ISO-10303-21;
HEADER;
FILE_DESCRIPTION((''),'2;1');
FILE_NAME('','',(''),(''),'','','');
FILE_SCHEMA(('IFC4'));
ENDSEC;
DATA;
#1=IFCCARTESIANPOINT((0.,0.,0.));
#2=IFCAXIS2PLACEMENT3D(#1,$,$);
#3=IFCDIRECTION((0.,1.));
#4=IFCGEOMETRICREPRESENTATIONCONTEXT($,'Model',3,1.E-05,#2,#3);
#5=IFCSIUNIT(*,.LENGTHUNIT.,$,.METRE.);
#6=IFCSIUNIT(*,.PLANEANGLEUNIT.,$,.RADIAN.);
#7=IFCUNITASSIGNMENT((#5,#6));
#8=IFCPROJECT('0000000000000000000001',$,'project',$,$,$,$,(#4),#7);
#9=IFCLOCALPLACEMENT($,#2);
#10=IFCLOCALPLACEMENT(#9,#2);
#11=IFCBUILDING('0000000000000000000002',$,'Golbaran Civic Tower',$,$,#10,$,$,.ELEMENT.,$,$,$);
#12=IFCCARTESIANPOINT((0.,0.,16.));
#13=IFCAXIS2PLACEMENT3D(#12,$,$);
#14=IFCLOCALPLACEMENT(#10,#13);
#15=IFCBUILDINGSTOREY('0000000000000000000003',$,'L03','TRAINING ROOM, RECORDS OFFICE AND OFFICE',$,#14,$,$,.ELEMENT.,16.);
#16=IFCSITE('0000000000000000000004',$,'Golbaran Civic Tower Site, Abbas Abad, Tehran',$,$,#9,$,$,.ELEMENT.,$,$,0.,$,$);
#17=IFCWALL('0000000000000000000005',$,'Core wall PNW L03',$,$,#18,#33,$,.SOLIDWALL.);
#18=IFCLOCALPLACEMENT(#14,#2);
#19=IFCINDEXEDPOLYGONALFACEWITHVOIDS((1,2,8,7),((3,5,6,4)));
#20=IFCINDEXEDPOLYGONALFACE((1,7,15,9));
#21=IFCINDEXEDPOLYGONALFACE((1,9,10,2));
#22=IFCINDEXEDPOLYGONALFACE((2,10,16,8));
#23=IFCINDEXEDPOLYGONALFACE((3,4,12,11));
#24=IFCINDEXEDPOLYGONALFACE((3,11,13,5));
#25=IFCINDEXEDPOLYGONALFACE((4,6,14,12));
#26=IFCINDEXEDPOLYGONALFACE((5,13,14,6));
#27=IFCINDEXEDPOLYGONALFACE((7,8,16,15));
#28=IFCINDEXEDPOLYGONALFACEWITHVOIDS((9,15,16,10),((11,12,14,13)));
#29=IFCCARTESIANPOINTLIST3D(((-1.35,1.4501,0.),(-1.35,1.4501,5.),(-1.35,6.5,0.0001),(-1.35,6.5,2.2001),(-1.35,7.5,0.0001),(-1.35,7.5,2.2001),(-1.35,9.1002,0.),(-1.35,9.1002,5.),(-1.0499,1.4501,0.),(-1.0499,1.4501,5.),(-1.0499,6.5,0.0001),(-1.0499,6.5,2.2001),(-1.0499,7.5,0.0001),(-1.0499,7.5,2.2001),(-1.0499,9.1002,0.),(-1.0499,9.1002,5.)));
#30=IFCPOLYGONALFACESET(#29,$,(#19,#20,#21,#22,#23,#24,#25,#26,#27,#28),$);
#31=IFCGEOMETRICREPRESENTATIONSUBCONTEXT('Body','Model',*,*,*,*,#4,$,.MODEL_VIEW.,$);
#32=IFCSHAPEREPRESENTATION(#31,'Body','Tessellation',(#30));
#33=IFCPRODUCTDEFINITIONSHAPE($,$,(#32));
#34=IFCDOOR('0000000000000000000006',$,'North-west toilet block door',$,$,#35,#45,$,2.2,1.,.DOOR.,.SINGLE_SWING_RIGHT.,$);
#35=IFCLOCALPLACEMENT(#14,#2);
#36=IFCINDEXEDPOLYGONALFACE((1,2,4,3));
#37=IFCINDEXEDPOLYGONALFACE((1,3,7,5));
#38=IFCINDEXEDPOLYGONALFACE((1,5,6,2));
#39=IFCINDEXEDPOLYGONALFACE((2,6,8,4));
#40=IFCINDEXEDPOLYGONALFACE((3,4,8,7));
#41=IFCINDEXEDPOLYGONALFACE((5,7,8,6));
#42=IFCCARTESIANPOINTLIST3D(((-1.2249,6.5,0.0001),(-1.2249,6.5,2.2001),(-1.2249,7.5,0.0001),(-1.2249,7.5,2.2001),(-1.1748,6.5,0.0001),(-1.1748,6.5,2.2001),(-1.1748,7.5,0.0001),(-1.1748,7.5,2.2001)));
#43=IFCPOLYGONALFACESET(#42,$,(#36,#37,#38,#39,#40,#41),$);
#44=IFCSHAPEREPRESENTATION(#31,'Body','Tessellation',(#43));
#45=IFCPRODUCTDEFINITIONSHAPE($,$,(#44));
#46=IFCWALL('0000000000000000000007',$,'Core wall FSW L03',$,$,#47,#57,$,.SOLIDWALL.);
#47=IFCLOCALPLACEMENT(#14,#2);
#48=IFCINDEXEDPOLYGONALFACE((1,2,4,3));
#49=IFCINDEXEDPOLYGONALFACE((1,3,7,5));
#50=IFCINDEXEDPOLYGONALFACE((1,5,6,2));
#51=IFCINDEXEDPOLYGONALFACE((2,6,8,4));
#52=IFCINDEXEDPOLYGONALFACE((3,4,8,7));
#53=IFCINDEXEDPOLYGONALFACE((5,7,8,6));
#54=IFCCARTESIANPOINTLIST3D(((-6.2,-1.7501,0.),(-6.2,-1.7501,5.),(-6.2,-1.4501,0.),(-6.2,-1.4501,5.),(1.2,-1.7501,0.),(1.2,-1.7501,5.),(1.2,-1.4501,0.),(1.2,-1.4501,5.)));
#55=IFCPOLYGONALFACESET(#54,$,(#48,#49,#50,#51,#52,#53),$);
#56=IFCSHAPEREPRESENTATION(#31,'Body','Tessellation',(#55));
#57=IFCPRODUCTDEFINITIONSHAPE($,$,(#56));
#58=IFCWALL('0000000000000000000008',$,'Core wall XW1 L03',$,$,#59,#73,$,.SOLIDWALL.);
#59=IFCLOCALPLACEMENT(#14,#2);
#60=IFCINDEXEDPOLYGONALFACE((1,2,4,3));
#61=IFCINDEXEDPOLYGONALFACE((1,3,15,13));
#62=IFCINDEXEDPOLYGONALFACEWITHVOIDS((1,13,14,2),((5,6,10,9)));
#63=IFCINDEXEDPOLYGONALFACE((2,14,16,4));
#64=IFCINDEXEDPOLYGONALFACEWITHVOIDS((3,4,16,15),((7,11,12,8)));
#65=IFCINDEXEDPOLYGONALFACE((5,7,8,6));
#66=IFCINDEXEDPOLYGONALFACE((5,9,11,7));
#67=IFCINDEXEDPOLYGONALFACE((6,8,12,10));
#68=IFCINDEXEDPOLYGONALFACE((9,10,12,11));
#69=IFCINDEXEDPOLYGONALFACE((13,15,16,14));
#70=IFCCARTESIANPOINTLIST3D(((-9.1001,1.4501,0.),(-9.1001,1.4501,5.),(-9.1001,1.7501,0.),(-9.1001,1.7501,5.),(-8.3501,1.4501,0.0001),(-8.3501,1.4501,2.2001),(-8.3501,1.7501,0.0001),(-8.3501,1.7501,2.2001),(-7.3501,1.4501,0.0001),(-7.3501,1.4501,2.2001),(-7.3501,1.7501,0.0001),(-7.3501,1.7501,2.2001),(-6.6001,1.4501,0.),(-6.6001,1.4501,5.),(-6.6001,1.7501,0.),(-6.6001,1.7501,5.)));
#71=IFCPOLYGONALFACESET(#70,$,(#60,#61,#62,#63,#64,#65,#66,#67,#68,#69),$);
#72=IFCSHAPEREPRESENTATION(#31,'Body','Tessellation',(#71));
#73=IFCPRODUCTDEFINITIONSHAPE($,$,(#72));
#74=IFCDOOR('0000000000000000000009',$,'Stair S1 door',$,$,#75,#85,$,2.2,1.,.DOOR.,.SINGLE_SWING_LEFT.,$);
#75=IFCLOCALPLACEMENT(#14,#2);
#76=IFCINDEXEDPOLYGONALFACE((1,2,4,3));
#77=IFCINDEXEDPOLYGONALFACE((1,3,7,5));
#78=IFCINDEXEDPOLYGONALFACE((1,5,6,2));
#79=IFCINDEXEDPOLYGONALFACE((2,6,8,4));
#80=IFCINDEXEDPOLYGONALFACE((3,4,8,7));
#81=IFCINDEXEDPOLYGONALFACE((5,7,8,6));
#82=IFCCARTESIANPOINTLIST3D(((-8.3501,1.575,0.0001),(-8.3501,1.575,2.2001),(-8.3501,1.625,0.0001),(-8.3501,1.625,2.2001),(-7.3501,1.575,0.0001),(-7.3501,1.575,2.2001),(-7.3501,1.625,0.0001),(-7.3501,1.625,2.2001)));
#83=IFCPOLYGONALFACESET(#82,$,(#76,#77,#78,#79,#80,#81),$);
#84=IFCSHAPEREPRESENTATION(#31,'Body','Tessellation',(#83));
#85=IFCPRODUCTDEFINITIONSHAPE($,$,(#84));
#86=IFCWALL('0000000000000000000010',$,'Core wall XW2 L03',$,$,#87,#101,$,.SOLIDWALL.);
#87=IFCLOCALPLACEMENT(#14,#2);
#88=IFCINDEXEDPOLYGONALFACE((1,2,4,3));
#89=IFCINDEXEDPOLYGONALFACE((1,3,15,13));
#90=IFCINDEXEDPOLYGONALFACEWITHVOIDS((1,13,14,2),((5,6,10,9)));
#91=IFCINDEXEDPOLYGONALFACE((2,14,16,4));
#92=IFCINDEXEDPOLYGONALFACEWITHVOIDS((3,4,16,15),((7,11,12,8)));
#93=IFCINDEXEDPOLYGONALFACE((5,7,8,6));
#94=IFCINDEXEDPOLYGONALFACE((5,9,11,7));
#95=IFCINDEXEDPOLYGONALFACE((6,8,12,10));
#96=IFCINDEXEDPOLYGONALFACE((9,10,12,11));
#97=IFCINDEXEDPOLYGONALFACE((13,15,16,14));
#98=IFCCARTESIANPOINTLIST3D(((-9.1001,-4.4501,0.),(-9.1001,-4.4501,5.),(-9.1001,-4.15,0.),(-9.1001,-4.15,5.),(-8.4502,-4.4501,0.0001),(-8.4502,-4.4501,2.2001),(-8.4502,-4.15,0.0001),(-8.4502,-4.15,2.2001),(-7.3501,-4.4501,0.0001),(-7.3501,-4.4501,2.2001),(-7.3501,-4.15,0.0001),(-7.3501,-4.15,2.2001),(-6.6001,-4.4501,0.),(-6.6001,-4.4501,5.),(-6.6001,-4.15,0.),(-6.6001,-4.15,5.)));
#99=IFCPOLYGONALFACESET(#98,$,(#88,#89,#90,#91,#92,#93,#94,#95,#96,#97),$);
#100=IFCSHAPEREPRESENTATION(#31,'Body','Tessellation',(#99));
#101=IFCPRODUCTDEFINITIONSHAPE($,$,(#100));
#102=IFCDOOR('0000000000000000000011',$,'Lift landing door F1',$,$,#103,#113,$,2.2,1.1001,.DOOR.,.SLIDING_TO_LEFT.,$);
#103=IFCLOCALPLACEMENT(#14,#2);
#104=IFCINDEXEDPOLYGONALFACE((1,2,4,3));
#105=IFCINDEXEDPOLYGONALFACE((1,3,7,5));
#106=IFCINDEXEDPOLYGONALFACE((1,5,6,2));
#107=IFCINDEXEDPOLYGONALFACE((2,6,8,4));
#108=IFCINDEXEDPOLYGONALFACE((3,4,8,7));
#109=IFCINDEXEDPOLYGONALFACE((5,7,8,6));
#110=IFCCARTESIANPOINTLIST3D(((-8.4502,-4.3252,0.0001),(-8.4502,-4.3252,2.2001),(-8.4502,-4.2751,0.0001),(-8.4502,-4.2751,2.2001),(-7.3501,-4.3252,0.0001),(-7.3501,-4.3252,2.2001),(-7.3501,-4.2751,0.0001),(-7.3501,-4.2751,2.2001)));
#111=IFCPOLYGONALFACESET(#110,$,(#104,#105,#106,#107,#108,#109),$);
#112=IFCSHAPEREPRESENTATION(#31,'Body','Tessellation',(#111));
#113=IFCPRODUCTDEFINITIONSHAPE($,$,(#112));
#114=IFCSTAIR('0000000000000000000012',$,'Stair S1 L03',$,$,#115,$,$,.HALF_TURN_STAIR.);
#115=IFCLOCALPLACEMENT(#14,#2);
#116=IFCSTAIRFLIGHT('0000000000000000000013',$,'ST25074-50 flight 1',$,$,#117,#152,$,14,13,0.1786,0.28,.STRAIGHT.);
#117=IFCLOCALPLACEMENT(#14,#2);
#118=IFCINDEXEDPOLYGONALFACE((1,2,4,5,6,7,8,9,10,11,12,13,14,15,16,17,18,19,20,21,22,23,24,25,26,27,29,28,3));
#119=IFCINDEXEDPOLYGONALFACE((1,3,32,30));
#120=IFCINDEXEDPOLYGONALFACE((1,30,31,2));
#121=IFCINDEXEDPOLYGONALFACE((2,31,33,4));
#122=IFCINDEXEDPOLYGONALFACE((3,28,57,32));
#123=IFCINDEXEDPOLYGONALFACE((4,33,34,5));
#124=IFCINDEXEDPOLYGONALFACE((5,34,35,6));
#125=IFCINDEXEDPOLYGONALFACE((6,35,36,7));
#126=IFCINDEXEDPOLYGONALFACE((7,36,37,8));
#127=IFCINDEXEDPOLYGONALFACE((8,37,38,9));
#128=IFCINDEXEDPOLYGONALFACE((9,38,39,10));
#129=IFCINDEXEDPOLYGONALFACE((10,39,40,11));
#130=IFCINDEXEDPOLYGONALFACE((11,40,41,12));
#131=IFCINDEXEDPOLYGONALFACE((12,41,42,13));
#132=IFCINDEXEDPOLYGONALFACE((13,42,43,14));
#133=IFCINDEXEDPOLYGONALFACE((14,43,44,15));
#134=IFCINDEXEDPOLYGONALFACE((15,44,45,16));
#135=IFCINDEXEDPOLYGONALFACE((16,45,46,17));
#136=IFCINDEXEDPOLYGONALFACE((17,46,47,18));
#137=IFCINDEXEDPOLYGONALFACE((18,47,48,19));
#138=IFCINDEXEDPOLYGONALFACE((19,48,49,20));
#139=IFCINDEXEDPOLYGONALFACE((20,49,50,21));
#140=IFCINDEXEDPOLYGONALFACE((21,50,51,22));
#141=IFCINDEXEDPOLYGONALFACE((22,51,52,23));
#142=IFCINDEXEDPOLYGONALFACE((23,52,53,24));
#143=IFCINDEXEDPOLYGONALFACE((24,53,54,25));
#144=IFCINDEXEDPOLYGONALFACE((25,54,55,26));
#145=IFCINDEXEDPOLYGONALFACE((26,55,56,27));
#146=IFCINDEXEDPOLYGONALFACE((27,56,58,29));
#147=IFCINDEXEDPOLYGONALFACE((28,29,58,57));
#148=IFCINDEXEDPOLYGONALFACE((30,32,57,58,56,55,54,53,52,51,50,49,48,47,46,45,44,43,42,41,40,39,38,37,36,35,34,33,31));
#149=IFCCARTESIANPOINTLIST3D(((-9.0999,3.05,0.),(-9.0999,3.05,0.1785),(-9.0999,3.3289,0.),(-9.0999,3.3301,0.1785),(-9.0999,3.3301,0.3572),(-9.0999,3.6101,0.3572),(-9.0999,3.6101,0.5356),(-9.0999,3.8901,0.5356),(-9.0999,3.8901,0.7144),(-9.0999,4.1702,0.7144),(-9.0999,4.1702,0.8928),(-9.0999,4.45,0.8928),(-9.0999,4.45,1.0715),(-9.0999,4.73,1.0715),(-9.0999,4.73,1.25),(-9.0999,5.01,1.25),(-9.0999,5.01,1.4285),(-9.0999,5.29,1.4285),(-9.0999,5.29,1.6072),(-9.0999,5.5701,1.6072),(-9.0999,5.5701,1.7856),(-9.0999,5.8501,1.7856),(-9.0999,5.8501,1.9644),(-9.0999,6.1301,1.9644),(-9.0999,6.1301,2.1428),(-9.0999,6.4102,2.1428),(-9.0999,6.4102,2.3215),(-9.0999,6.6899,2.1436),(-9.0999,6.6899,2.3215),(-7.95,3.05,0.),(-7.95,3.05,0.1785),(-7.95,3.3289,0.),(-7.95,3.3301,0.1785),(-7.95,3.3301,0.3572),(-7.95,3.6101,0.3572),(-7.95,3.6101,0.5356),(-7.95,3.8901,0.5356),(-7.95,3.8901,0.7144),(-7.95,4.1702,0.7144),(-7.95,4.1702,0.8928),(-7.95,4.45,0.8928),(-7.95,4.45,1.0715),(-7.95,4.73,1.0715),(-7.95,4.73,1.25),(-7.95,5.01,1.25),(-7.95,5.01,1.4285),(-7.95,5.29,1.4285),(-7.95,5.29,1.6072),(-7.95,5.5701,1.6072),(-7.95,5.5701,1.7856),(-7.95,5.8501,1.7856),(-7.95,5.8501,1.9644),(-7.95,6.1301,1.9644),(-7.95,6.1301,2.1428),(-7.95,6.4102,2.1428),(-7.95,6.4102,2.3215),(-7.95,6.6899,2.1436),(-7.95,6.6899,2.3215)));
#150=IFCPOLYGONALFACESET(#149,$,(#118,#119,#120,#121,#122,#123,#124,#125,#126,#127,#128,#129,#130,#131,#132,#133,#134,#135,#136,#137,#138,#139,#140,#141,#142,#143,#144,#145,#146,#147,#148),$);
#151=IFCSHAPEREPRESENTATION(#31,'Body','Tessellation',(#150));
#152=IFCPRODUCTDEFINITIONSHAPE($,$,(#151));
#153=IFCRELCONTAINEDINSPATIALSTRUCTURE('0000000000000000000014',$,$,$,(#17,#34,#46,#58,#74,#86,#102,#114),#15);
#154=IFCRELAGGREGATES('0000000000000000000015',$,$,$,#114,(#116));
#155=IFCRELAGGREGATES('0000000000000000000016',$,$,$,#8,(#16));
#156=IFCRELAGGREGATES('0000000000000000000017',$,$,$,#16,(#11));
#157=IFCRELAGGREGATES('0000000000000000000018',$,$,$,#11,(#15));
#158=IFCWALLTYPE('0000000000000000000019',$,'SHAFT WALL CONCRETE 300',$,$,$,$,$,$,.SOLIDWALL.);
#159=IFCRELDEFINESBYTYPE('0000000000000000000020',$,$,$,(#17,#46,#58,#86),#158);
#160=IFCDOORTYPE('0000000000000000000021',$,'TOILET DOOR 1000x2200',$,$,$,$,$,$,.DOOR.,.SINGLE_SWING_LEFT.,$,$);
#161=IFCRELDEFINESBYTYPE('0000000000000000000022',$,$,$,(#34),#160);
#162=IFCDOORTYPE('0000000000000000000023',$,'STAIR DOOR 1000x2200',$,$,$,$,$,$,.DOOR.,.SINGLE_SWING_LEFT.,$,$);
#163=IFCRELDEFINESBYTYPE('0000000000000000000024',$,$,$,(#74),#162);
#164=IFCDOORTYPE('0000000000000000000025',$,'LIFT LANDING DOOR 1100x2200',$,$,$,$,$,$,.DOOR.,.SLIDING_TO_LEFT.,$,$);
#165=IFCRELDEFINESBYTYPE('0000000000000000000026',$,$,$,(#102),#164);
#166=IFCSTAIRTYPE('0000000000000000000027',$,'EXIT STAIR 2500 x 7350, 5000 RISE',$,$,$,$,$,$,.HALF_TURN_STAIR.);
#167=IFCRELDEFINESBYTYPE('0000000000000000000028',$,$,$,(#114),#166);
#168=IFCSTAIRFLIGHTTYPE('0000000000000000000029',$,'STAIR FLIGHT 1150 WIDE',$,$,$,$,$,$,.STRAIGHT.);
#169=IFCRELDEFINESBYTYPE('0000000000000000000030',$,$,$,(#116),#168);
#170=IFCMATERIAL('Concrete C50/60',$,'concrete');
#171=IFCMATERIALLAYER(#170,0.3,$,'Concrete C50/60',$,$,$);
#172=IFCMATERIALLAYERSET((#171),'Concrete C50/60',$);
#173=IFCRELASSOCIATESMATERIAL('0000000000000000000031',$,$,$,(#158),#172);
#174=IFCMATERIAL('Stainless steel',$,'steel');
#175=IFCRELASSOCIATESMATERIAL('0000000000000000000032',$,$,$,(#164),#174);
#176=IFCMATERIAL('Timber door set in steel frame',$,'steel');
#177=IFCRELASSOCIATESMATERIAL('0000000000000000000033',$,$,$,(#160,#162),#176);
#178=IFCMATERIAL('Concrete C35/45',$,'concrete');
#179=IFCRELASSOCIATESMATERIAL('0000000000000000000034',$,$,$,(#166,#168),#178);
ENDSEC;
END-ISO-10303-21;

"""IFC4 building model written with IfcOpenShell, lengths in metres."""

from ifc_helpers import new_model, si_unit, direction, frame, frame_2d, origin, place, context, subcontext, project, spatial, polyline, rectangle, outline, extrude, material, layer, layer_set, type_object, element, fill, aggregate, save


model = new_model("IFC4")

# Units and contexts
model_context = context("Model", 3, precision=1e-05, world=origin(), true_north=direction((0.0, 1.0)))
body_context = subcontext(model_context, "Body", "Model", "MODEL_VIEW")
ifc_project = project(units=[si_unit("LENGTHUNIT", "METRE"), si_unit("PLANEANGLEUNIT", "RADIAN")], contexts=[model_context])

# Site, building, storey
site_placement = place(None, origin())
site = spatial("IfcSite", under=ifc_project, at=site_placement, Name="Golbaran Civic Tower Site, Abbas Abad, Tehran", CompositionType="ELEMENT", RefElevation=0.0)
building_placement = place(site_placement, origin())
building = spatial("IfcBuilding", under=site, at=building_placement, Name="Golbaran Civic Tower", CompositionType="ELEMENT")
storey_placement = place(building_placement, frame((0.0, 0.0, 16.0)))
storey = spatial("IfcBuildingStorey", under=building, at=storey_placement, Name="L03", Description="TRAINING ROOM, RECORDS OFFICE AND OFFICE", CompositionType="ELEMENT", Elevation=16.0)

# Shared definitions
ifc_material_1 = material(Name="Concrete C50/60", Category="concrete")
ifc_material_2 = material(Name="Timber door set in steel frame", Category="steel")

# Shared definitions
ifc_layer_1 = layer(ifc_material_1, 0.3, Name="Concrete C50/60")
ifc_layer_set_1 = layer_set([ifc_layer_1], Name="Concrete C50/60")
wall_type_1 = type_object("IfcWallType", Name="SHAFT WALL CONCRETE 300", PredefinedType="SOLIDWALL", material=ifc_layer_set_1)
ifc_material_3 = material(Name="Stainless steel", Category="steel")
door_type_1 = type_object("IfcDoorType", Name="LIFT LANDING DOOR 1100x2200", OperationType="SLIDING_TO_LEFT", PredefinedType="DOOR", material=ifc_material_3)

# Wall, opening, door
wall_1_placement = place(storey_placement, frame((-1.2, 1.45, 0.0), z_axis=(0.0, 0.0, 1.0), x_axis=(0.0, 1.0, 0.0)))
wall_1 = element("IfcWall", 1, at=wall_1_placement, inside=storey, type_object=wall_type_1, Name="Core wall PNW L03", PredefinedType="SOLIDWALL", context=body_context, shape_type="SweptSolid", body=[
    extrude(rectangle(XDim=7.6501, YDim=0.3, at=frame_2d((3.8252, 0.0))), origin(), (0.0, 0.0, 1.0), 5.0),
])
opening_1_placement = place(wall_1_placement, frame((5.05, 0.0, 0.0)))
opening_1 = element("IfcOpeningElement", 2, at=opening_1_placement, cuts=wall_1, PredefinedType="OPENING", context=body_context, shape_type="SweptSolid", body=[
    extrude(rectangle(XDim=1.0, YDim=2.2, at=frame_2d((0.5, 1.1001))), frame((0.0, 0.1599, 0.0), z_axis=(0.0, -1.0, 0.0), x_axis=(1.0, 0.0, 0.0)), (0.0, 0.0, 1.0), 0.3201),
])
door_type_2 = type_object("IfcDoorType", Name="TOILET DOOR 1000x2200", OperationType="SINGLE_SWING_LEFT", PredefinedType="DOOR", material=ifc_material_2)
door_1_placement = place(opening_1_placement, origin())
door_1 = element("IfcDoor", 3, at=door_1_placement, inside=storey, type_object=door_type_2, Name="North-west toilet block door", OperationType="SINGLE_SWING_RIGHT", OverallHeight=2.2, OverallWidth=1.0, PredefinedType="DOOR", context=body_context, shape_type="SweptSolid", body=[
    extrude(rectangle(XDim=1.0, YDim=2.2, at=frame_2d((0.5, 1.1001))), frame((0.0, 0.0249, 0.0), z_axis=(0.0, -1.0, 0.0), x_axis=(1.0, 0.0, 0.0)), (0.0, 0.0, 1.0), 0.05),
])
fill(opening_1, door_1)

# Wall
wall_2_placement = place(storey_placement, frame((-6.2, -1.6001, 0.0), z_axis=(0.0, 0.0, 1.0), x_axis=(1.0, 0.0, 0.0)))
element("IfcWall", 4, at=wall_2_placement, inside=storey, type_object=wall_type_1, Name="Core wall FSW L03", PredefinedType="SOLIDWALL", context=body_context, shape_type="SweptSolid", body=[
    extrude(rectangle(XDim=7.3999, YDim=0.3, at=frame_2d((3.7, 0.0))), origin(), (0.0, 0.0, 1.0), 5.0),
])

# Walls, openings, doors
wall_3_placement = place(storey_placement, frame((-9.1001, 1.6001, 0.0), z_axis=(0.0, 0.0, 1.0), x_axis=(1.0, 0.0, 0.0)))
wall_3 = element("IfcWall", 5, at=wall_3_placement, inside=storey, type_object=wall_type_1, Name="Core wall XW1 L03", PredefinedType="SOLIDWALL", context=body_context, shape_type="SweptSolid", body=[
    extrude(rectangle(XDim=2.5, YDim=0.3, at=frame_2d((1.25, 0.0))), origin(), (0.0, 0.0, 1.0), 5.0),
])
opening_2_placement = place(wall_3_placement, frame((0.75, 0.0, 0.0)))
opening_2 = element("IfcOpeningElement", 6, at=opening_2_placement, cuts=wall_3, PredefinedType="OPENING", context=body_context, shape_type="SweptSolid", body=[
    extrude(rectangle(XDim=1.0, YDim=2.2, at=frame_2d((0.5, 1.1001))), frame((0.0, 0.1599, 0.0), z_axis=(0.0, -1.0, 0.0), x_axis=(1.0, 0.0, 0.0)), (0.0, 0.0, 1.0), 0.3201),
])
door_type_3 = type_object("IfcDoorType", Name="STAIR DOOR 1000x2200", OperationType="SINGLE_SWING_LEFT", PredefinedType="DOOR", material=ifc_material_2)
door_2_placement = place(opening_2_placement, origin())
door_2 = element("IfcDoor", 7, at=door_2_placement, inside=storey, type_object=door_type_3, Name="Stair S1 door", OperationType="SINGLE_SWING_LEFT", OverallHeight=2.2, OverallWidth=1.0, PredefinedType="DOOR", context=body_context, shape_type="SweptSolid", body=[
    extrude(rectangle(XDim=1.0, YDim=2.2, at=frame_2d((0.5, 1.1001))), frame((0.0, 0.0249, 0.0), z_axis=(0.0, -1.0, 0.0), x_axis=(1.0, 0.0, 0.0)), (0.0, 0.0, 1.0), 0.05),
])
fill(opening_2, door_2)
wall_4_placement = place(storey_placement, frame((-9.1001, -4.3, 0.0), z_axis=(0.0, 0.0, 1.0), x_axis=(1.0, 0.0, 0.0)))
wall_4 = element("IfcWall", 8, at=wall_4_placement, inside=storey, type_object=wall_type_1, Name="Core wall XW2 L03", PredefinedType="SOLIDWALL", context=body_context, shape_type="SweptSolid", body=[
    extrude(rectangle(XDim=2.5, YDim=0.3, at=frame_2d((1.25, 0.0))), origin(), (0.0, 0.0, 1.0), 5.0),
])
opening_3_placement = place(wall_4_placement, frame((0.6499, 0.0, 0.0)))
opening_3 = element("IfcOpeningElement", 9, at=opening_3_placement, cuts=wall_4, PredefinedType="OPENING", context=body_context, shape_type="SweptSolid", body=[
    extrude(rectangle(XDim=1.1001, YDim=2.2, at=frame_2d((0.55, 1.1001))), frame((0.0, 0.1599, 0.0), z_axis=(0.0, -1.0, 0.0), x_axis=(1.0, 0.0, 0.0)), (0.0, 0.0, 1.0), 0.3201),
])
door_3_placement = place(opening_3_placement, origin())
door_3 = element("IfcDoor", 10, at=door_3_placement, inside=storey, type_object=door_type_1, Name="Lift landing door F1", OperationType="SLIDING_TO_LEFT", OverallHeight=2.2, OverallWidth=1.1001, PredefinedType="DOOR", context=body_context, shape_type="SweptSolid", body=[
    extrude(rectangle(XDim=1.1001, YDim=2.2, at=frame_2d((0.55, 1.1001))), frame((0.0, 0.0249, 0.0), z_axis=(0.0, -1.0, 0.0), x_axis=(1.0, 0.0, 0.0)), (0.0, 0.0, 1.0), 0.05),
])
fill(opening_3, door_3)

# Stair, stair flight
ifc_material_4 = material(Name="Concrete C35/45", Category="concrete")
stair_type = type_object("IfcStairType", Name="EXIT STAIR 2500 x 7350, 5000 RISE", PredefinedType="HALF_TURN_STAIR", material=ifc_material_4)
stair_placement = place(storey_placement, origin())
stair = element("IfcStair", 11, at=stair_placement, inside=storey, type_object=stair_type, Name="Stair S1 L03", PredefinedType="HALF_TURN_STAIR")
stair_flight_type = type_object("IfcStairFlightType", Name="STAIR FLIGHT 1150 WIDE", PredefinedType="STRAIGHT", material=ifc_material_4)
stair_flight_1_placement = place(storey_placement, frame((-8.5249, 3.05, 0.0), z_axis=(0.0, 0.0, 1.0), x_axis=(0.0, 1.0, 0.0)))
stair_flight_1 = element("IfcStairFlight", 12, at=stair_flight_1_placement, type_object=stair_flight_type, Name="ST25074-50 flight 1", NumberOfRisers=14, NumberOfTreads=13, PredefinedType="STRAIGHT", RiserHeight=0.1786, TreadLength=0.28, context=body_context, shape_type="SweptSolid", body=[
    extrude(outline(polyline([(0.0, 0.0), (0.0, 0.1785), (0.28, 0.1785), (0.28, 0.3572), (0.5601, 0.3572), (0.5601, 0.5356), (0.8401, 0.5356), (0.8401, 0.7144), (1.1201, 0.7144), (1.1201, 0.8928), (1.3999, 0.8928), (1.3999, 1.0715), (1.6799, 1.0715), (1.6799, 1.25), (1.96, 1.25), (1.96, 1.4285), (2.24, 1.4285), (2.24, 1.6072), (2.52, 1.6072), (2.52, 1.7856), (2.8, 1.7856), (2.8, 1.9644), (3.0801, 1.9644), (3.0801, 2.1428), (3.3601, 2.1428), (3.3601, 2.3215), (3.6399, 2.3215), (3.6399, 2.5), (3.6399, 2.1436), (0.2788, 0.0), (0.0, 0.0)])), frame((0.0, 0.575, 0.0), z_axis=(0.0, -1.0, 0.0), x_axis=(1.0, 0.0, 0.0)), (0.0, 0.0, 1.0), 1.1499),
])
aggregate(stair, [stair_flight_1])

save(model, "model.ifc")
